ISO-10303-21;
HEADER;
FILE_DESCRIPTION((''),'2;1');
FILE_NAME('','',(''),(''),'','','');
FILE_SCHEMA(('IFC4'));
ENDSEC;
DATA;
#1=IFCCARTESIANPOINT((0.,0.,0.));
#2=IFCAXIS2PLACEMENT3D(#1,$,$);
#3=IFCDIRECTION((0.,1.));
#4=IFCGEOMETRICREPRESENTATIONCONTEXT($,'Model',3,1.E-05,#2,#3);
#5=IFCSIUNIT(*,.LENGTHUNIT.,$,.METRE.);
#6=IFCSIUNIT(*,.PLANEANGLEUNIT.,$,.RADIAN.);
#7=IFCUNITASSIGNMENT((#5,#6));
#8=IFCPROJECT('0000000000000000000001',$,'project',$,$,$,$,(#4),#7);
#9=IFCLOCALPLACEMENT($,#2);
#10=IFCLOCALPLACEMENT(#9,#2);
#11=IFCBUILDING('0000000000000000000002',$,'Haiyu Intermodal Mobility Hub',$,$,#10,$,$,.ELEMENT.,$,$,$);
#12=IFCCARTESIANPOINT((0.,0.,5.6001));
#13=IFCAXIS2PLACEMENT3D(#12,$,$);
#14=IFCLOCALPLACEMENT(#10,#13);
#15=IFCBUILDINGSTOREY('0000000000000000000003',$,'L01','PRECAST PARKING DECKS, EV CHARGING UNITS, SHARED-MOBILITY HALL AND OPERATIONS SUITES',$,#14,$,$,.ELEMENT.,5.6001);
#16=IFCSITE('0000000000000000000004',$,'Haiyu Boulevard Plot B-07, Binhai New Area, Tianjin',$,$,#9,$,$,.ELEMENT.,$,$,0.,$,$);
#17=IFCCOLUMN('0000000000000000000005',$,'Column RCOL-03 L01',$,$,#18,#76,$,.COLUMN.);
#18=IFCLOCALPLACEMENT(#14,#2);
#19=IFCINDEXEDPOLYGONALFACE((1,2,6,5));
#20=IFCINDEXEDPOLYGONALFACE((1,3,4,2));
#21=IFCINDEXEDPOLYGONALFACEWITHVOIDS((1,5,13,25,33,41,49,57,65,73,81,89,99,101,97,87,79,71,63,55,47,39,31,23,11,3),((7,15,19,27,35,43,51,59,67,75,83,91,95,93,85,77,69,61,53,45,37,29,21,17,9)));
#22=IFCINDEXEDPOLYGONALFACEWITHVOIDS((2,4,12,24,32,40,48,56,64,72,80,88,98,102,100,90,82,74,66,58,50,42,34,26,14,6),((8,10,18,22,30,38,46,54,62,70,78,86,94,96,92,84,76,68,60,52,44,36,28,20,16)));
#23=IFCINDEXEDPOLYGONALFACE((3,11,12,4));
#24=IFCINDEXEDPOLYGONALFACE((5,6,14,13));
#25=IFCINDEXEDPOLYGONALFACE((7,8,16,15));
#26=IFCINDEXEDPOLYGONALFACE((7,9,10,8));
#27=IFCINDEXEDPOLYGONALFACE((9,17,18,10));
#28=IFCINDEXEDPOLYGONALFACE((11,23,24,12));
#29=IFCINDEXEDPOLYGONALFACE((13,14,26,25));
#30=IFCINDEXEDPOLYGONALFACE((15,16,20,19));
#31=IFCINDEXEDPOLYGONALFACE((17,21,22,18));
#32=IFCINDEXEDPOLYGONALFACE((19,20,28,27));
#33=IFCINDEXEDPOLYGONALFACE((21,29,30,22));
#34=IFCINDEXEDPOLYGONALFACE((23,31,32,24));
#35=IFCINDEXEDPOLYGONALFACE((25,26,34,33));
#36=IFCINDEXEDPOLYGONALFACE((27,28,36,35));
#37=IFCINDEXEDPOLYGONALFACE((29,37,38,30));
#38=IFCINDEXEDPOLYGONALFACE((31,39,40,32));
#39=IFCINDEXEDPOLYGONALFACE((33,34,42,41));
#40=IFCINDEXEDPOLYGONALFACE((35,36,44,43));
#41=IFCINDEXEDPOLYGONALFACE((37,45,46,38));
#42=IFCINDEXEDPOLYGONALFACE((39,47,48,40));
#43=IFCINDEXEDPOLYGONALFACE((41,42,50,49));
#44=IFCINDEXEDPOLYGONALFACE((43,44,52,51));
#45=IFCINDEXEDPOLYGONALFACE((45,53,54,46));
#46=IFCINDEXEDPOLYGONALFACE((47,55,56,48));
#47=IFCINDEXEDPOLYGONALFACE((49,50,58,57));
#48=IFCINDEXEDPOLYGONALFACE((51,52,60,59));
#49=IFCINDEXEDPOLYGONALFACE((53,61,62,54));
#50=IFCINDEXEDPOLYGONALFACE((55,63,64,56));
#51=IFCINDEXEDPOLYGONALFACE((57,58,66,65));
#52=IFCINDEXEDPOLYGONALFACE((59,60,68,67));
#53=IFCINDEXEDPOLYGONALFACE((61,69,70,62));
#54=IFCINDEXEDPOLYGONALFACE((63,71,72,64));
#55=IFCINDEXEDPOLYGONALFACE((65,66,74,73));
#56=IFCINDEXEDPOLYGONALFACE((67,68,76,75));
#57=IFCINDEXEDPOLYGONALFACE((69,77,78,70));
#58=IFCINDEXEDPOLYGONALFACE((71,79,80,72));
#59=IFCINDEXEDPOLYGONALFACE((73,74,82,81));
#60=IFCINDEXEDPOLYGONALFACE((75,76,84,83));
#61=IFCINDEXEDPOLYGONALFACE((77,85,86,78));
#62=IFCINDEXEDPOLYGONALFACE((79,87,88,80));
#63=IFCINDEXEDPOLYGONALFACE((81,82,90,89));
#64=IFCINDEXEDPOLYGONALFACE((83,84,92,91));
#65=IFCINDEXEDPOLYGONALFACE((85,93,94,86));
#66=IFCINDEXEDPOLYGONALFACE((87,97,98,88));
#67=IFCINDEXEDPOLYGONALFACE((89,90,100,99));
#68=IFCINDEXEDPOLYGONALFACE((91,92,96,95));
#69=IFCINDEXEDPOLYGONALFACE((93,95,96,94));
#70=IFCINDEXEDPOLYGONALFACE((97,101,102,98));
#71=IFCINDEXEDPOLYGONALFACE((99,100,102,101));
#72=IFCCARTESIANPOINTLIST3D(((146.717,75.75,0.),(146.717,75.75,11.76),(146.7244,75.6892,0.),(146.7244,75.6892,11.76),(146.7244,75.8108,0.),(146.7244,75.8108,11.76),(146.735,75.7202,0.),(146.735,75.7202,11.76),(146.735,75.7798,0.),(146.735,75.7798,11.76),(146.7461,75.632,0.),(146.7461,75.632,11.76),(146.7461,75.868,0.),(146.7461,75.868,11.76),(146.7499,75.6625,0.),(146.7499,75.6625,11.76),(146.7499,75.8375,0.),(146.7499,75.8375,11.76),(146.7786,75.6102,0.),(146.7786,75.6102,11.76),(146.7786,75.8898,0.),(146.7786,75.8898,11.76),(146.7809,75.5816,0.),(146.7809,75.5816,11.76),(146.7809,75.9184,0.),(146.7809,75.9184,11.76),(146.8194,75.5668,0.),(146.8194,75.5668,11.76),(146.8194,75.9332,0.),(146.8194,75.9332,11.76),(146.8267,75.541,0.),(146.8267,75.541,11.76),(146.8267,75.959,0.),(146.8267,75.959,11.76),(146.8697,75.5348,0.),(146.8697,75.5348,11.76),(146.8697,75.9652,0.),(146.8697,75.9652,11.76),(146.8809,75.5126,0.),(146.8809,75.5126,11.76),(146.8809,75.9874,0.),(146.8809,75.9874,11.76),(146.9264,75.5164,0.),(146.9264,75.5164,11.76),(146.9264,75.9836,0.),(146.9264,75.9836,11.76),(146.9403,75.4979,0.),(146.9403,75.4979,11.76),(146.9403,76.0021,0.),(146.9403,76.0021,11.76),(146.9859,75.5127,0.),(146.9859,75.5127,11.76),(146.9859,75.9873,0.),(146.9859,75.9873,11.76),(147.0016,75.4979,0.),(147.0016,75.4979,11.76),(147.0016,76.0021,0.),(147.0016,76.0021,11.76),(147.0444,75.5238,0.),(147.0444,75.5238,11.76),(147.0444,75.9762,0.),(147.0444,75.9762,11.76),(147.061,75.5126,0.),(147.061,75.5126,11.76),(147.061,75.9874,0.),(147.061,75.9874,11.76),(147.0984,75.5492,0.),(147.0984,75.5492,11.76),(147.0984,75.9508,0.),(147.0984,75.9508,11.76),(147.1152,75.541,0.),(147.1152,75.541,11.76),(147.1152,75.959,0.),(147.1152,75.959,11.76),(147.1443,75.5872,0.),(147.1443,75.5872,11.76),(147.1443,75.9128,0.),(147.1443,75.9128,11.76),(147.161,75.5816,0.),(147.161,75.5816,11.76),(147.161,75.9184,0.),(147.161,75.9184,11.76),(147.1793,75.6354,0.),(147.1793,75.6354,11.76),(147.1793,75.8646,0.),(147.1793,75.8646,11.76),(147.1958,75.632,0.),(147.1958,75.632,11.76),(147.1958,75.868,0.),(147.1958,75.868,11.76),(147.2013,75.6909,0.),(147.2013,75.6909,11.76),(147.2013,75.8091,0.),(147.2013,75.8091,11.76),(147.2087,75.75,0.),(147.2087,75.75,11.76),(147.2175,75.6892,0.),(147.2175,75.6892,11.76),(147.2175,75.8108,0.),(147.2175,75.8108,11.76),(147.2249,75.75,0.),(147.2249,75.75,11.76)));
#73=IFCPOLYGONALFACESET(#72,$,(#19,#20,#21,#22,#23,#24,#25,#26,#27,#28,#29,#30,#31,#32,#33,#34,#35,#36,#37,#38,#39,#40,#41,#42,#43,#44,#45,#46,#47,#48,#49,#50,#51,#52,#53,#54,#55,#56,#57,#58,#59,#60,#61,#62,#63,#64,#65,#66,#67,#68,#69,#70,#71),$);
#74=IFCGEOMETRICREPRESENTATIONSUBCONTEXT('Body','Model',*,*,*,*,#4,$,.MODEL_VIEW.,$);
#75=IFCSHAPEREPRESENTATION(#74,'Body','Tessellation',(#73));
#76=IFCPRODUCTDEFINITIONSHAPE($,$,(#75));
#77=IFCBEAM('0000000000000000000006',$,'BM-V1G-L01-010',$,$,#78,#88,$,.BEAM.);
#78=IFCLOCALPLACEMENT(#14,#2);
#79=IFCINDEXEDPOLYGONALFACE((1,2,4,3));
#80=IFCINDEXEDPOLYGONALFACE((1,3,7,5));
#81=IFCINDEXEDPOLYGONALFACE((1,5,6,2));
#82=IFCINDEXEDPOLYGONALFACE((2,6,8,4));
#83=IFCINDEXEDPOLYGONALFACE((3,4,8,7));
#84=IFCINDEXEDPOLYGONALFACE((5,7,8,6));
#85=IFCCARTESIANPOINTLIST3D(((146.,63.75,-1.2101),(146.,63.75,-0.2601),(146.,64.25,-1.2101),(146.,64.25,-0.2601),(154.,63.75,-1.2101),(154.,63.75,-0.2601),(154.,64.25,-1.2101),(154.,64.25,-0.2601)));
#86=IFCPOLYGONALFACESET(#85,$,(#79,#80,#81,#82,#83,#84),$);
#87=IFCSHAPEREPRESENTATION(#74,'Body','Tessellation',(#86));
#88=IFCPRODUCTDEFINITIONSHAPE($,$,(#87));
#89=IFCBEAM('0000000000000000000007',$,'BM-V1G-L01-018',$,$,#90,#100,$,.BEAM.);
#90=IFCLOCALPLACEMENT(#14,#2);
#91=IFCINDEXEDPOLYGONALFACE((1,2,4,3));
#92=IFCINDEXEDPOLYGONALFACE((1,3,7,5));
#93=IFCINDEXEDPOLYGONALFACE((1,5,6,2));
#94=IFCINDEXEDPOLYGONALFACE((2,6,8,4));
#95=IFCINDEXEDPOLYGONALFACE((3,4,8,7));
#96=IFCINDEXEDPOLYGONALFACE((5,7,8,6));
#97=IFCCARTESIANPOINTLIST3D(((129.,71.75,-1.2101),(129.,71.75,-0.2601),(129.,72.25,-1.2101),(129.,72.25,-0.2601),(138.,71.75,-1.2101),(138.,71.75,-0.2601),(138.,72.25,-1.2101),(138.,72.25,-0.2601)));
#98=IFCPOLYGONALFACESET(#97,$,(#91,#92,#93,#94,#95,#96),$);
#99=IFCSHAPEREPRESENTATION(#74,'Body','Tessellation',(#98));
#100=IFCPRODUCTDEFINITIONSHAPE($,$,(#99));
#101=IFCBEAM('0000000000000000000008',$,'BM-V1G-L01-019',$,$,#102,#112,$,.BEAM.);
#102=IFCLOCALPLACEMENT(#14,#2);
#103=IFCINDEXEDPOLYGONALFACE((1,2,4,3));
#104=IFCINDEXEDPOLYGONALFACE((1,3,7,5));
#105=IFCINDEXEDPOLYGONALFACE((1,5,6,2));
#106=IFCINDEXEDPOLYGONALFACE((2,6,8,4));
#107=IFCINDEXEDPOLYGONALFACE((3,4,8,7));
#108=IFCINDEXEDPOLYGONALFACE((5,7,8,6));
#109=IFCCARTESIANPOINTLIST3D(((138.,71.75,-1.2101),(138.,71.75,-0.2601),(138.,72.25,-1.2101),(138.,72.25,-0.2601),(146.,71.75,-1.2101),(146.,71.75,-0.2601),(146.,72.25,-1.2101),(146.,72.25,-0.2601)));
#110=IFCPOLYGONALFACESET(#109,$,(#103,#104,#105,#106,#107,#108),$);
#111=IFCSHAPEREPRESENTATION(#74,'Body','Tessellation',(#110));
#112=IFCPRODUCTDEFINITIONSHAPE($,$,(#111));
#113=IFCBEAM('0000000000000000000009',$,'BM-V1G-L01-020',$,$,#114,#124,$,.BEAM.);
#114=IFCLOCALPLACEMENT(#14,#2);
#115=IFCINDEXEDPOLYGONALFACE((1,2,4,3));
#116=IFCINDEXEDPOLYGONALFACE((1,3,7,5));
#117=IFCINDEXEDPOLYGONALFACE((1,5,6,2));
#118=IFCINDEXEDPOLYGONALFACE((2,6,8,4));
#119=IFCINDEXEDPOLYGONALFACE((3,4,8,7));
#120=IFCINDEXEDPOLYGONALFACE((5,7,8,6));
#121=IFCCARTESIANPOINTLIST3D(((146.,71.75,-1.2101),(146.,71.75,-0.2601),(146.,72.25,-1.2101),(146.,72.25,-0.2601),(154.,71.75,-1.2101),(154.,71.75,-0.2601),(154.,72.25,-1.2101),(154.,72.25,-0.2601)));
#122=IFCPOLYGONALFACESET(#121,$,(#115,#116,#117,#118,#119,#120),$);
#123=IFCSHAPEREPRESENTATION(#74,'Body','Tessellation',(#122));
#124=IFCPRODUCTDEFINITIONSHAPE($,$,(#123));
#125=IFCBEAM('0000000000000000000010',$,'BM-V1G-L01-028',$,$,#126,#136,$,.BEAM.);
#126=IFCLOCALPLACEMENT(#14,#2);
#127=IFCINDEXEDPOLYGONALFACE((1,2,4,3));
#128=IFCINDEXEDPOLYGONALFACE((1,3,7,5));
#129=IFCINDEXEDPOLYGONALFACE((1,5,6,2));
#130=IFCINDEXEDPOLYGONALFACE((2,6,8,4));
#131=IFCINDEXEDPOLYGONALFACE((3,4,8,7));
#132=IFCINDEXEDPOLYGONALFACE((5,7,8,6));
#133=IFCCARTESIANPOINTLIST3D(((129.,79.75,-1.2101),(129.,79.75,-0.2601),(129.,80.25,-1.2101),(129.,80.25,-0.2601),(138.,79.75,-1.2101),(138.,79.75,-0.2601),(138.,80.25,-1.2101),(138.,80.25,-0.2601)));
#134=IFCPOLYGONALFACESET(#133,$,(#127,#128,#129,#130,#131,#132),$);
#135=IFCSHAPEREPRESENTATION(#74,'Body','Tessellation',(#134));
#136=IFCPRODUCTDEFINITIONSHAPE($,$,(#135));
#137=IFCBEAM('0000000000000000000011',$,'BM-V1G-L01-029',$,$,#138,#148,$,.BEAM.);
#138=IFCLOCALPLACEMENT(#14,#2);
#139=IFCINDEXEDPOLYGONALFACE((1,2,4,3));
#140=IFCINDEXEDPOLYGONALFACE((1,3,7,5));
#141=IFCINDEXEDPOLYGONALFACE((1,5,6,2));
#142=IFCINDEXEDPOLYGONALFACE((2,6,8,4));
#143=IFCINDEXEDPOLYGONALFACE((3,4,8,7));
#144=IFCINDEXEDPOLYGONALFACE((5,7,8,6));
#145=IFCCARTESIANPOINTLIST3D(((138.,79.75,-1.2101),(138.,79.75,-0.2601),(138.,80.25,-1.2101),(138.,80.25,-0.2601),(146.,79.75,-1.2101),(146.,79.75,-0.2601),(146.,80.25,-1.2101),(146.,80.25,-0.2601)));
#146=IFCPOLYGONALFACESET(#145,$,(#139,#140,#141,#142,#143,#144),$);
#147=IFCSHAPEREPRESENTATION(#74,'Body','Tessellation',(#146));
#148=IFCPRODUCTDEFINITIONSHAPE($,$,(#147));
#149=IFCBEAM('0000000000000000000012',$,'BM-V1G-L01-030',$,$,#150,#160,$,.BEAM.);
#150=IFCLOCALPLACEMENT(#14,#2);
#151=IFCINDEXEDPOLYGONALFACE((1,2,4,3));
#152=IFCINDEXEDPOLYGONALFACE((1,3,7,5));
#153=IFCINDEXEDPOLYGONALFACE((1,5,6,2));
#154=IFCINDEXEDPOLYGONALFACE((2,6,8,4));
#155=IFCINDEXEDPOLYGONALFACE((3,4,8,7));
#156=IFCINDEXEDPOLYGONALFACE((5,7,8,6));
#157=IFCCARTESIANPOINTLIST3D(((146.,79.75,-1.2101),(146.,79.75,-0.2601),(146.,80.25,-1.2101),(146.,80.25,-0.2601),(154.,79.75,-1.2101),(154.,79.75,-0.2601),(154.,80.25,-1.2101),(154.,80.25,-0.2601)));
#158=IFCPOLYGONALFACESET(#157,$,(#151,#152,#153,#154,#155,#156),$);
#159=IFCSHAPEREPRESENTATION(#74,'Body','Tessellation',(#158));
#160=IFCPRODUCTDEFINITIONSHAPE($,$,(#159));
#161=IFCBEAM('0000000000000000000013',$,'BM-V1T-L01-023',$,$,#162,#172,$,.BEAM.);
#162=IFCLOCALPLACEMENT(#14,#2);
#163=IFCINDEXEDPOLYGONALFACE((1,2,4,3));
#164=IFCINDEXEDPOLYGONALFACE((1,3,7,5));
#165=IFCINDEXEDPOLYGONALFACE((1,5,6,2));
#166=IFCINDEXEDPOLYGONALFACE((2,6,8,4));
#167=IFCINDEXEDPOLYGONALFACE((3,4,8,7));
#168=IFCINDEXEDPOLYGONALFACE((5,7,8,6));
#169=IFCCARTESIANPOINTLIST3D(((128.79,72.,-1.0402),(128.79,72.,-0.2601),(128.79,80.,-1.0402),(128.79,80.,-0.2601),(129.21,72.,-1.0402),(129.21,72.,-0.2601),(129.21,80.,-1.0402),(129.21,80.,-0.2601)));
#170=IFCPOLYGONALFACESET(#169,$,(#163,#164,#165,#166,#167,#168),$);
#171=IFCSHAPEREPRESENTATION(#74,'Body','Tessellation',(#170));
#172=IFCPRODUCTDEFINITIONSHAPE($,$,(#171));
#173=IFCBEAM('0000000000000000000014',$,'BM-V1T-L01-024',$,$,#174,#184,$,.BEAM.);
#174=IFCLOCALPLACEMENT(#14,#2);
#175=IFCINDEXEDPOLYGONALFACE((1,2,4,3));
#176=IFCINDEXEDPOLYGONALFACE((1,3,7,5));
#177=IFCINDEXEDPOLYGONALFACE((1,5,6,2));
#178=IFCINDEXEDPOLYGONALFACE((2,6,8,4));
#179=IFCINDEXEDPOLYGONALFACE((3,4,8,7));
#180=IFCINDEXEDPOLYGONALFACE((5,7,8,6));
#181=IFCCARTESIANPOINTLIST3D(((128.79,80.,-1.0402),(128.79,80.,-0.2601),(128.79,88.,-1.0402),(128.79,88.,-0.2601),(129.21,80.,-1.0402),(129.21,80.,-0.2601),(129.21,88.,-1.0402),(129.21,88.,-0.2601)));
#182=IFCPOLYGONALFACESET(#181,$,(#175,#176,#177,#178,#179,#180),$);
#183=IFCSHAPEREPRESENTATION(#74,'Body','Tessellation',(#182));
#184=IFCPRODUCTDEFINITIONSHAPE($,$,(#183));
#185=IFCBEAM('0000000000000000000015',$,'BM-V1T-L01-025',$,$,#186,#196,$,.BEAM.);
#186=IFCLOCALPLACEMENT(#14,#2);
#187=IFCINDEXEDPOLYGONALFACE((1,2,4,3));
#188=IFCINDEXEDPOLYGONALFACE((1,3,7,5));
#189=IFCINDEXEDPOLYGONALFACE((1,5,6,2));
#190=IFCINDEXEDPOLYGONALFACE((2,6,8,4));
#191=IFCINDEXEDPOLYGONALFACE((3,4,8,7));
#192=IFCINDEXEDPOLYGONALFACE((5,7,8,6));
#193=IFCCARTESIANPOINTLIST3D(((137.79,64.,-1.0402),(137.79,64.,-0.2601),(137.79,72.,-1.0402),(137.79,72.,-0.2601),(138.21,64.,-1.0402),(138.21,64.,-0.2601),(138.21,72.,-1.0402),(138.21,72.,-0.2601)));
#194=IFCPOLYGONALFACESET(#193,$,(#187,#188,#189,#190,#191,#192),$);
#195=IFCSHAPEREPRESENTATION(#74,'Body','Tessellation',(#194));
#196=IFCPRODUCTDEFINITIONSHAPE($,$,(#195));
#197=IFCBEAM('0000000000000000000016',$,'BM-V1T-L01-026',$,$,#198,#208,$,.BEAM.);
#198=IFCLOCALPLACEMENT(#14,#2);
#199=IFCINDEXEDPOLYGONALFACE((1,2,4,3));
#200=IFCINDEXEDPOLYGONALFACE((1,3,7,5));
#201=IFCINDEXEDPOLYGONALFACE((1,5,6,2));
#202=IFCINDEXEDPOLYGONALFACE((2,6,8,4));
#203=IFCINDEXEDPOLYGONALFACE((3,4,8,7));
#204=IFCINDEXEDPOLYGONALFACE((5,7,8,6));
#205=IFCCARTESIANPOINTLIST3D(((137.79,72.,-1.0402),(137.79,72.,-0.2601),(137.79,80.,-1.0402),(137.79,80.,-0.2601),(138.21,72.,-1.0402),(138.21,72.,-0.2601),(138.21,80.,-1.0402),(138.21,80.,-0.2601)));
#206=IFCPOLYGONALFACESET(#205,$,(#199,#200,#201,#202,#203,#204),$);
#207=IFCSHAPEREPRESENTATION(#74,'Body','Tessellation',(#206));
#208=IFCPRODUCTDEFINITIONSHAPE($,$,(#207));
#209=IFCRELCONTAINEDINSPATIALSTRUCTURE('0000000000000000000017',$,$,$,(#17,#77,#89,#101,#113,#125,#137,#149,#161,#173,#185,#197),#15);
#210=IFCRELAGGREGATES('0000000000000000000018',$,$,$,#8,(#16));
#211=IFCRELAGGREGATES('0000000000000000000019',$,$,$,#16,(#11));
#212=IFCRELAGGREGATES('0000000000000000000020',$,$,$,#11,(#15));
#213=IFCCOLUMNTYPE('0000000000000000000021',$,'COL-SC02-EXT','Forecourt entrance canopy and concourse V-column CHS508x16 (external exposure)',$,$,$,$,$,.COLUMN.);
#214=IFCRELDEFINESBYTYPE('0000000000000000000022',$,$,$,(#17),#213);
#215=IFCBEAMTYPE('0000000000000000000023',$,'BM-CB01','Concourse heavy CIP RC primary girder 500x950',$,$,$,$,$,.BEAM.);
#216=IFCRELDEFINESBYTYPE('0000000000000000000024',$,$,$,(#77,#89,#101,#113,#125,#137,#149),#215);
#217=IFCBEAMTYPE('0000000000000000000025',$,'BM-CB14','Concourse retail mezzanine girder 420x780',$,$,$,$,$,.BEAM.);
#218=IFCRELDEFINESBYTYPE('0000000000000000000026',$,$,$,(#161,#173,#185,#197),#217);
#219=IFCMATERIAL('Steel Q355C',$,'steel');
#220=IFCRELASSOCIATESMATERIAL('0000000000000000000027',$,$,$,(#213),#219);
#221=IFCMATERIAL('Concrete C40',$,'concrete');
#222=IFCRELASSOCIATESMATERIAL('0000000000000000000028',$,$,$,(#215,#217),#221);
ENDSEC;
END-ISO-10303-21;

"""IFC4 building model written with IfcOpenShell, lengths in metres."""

from ifc_helpers import new_model, si_unit, direction, frame, origin, origin_2d, place, context, subcontext, project, spatial, rectangle, hollow_circle, extrude, material, material_profile, profile_set, type_object, element, save


model = new_model("IFC4")

# Units and contexts
model_context = context("Model", 3, precision=1e-05, world=origin(), true_north=direction((0.0, 1.0)))
body_context = subcontext(model_context, "Body", "Model", "MODEL_VIEW")
ifc_project = project(units=[si_unit("LENGTHUNIT", "METRE"), si_unit("PLANEANGLEUNIT", "RADIAN")], contexts=[model_context])

# Site, building, storey
site_placement = place(None, origin())
site = spatial("IfcSite", under=ifc_project, at=site_placement, Name="Haiyu Boulevard Plot B-07, Binhai New Area, Tianjin", CompositionType="ELEMENT", RefElevation=0.0)
building_placement = place(site_placement, origin())
building = spatial("IfcBuilding", under=site, at=building_placement, Name="Haiyu Intermodal Mobility Hub", CompositionType="ELEMENT")
storey_placement = place(building_placement, frame((0.0, 0.0, 5.6001)))
storey = spatial("IfcBuildingStorey", under=building, at=storey_placement, Name="L01", Description="PRECAST PARKING DECKS, EV CHARGING UNITS, SHARED-MOBILITY HALL AND OPERATIONS SUITES", CompositionType="ELEMENT", Elevation=5.6001)

# Column
ifc_material_1 = material(Name="Concrete C40", Category="concrete")
ifc_material_2 = material(Name="Steel Q355C", Category="steel")
ifc_material_profile_1 = material_profile(ifc_material_2, hollow_circle(Radius=0.2539, WallThickness=0.0161, at=origin_2d()), Name="CHS508x16")
ifc_profile_set_1 = profile_set([ifc_material_profile_1], Name="Steel Q355C")
column_type_1 = type_object("IfcColumnType", Name="COL-SC02-EXT", Description="Forecourt entrance canopy and concourse V-column CHS508x16 (external exposure)", PredefinedType="COLUMN", material=ifc_profile_set_1)
column_1_placement = place(storey_placement, frame((146.9709, 75.75, 0.0), z_axis=(0.0, 0.0, 1.0), x_axis=(1.0, 0.0, 0.0)))
element("IfcColumn", 1, at=column_1_placement, inside=storey, type_object=column_type_1, Name="Column RCOL-03 L01", PredefinedType="COLUMN", context=body_context, shape_type="SweptSolid", body=[
    extrude(hollow_circle(Radius=0.2539, WallThickness=0.0161, at=origin_2d()), origin(), (0.0, 0.0, 1.0), 11.76),
])

# Beams
ifc_material_profile_2 = material_profile(ifc_material_1, rectangle(XDim=0.5, YDim=0.95, at=origin_2d()), Name="RCB500x950")
ifc_profile_set_2 = profile_set([ifc_material_profile_2], Name="Concrete C40")
beam_type_1 = type_object("IfcBeamType", Name="BM-CB01", Description="Concourse heavy CIP RC primary girder 500x950", PredefinedType="BEAM", material=ifc_profile_set_2)
beam_1_placement = place(storey_placement, frame((146.0, 64.0, -0.7351), z_axis=(1.0, 0.0, 0.0), x_axis=(0.0, 1.0, 0.0)))
element("IfcBeam", 2, at=beam_1_placement, inside=storey, type_object=beam_type_1, Name="BM-V1G-L01-010", PredefinedType="BEAM", context=body_context, shape_type="SweptSolid", body=[
    extrude(rectangle(XDim=0.5, YDim=0.95, at=origin_2d()), origin(), (0.0, 0.0, 1.0), 8.0),
])
beam_2_placement = place(storey_placement, frame((129.0, 72.0, -0.7351), z_axis=(1.0, 0.0, 0.0), x_axis=(0.0, 1.0, 0.0)))
element("IfcBeam", 3, at=beam_2_placement, inside=storey, type_object=beam_type_1, Name="BM-V1G-L01-018", PredefinedType="BEAM", context=body_context, shape_type="SweptSolid", body=[
    extrude(rectangle(XDim=0.5, YDim=0.95, at=origin_2d()), origin(), (0.0, 0.0, 1.0), 9.0),
])
for number, where, z_axis, x_axis, name in (
    (4, (138.0, 72.0, -0.7351), (1.0, 0.0, 0.0), (0.0, 1.0, 0.0), "BM-V1G-L01-019"),
    (5, (146.0, 72.0, -0.7351), (1.0, 0.0, 0.0), (0.0, 1.0, 0.0), "BM-V1G-L01-020"),
):
    element("IfcBeam", number, at=place(storey_placement, frame(where, z_axis=z_axis, x_axis=x_axis)), inside=storey, type_object=beam_type_1, Name=name, PredefinedType="BEAM", context=body_context, shape_type="SweptSolid", body=[
        extrude(rectangle(XDim=0.5, YDim=0.95, at=origin_2d()), origin(), (0.0, 0.0, 1.0), 8.0),
    ])
beam_3_placement = place(storey_placement, frame((129.0, 80.0, -0.7351), z_axis=(1.0, 0.0, 0.0), x_axis=(0.0, 1.0, 0.0)))
element("IfcBeam", 6, at=beam_3_placement, inside=storey, type_object=beam_type_1, Name="BM-V1G-L01-028", PredefinedType="BEAM", context=body_context, shape_type="SweptSolid", body=[
    extrude(rectangle(XDim=0.5, YDim=0.95, at=origin_2d()), origin(), (0.0, 0.0, 1.0), 9.0),
])
for number, where, z_axis, x_axis, name in (
    (7, (138.0, 80.0, -0.7351), (1.0, 0.0, 0.0), (0.0, 1.0, 0.0), "BM-V1G-L01-029"),
    (8, (146.0, 80.0, -0.7351), (1.0, 0.0, 0.0), (0.0, 1.0, 0.0), "BM-V1G-L01-030"),
):
    element("IfcBeam", number, at=place(storey_placement, frame(where, z_axis=z_axis, x_axis=x_axis)), inside=storey, type_object=beam_type_1, Name=name, PredefinedType="BEAM", context=body_context, shape_type="SweptSolid", body=[
        extrude(rectangle(XDim=0.5, YDim=0.95, at=origin_2d()), origin(), (0.0, 0.0, 1.0), 8.0),
    ])
ifc_material_profile_3 = material_profile(ifc_material_1, rectangle(XDim=0.4199, YDim=0.78, at=origin_2d()), Name="B420x780")
ifc_profile_set_3 = profile_set([ifc_material_profile_3], Name="Concrete C40")
beam_type_2 = type_object("IfcBeamType", Name="BM-CB14", Description="Concourse retail mezzanine girder 420x780", PredefinedType="BEAM", material=ifc_profile_set_3)
for number, where, z_axis, x_axis, name in (
    (9, (129.0, 72.0, -0.6501), (0.0, 1.0, 0.0), (-1.0, 0.0, 0.0), "BM-V1T-L01-023"),
    (10, (129.0, 80.0, -0.6501), (0.0, 1.0, 0.0), (-1.0, 0.0, 0.0), "BM-V1T-L01-024"),
    (11, (138.0, 64.0, -0.6501), (0.0, 1.0, 0.0), (-1.0, 0.0, 0.0), "BM-V1T-L01-025"),
    (12, (138.0, 72.0, -0.6501), (0.0, 1.0, 0.0), (-1.0, 0.0, 0.0), "BM-V1T-L01-026"),
):
    element("IfcBeam", number, at=place(storey_placement, frame(where, z_axis=z_axis, x_axis=x_axis)), inside=storey, type_object=beam_type_2, Name=name, PredefinedType="BEAM", context=body_context, shape_type="SweptSolid", body=[
        extrude(rectangle(XDim=0.4199, YDim=0.78, at=origin_2d()), origin(), (0.0, 0.0, 1.0), 8.0),
    ])

save(model, "model.ifc")
